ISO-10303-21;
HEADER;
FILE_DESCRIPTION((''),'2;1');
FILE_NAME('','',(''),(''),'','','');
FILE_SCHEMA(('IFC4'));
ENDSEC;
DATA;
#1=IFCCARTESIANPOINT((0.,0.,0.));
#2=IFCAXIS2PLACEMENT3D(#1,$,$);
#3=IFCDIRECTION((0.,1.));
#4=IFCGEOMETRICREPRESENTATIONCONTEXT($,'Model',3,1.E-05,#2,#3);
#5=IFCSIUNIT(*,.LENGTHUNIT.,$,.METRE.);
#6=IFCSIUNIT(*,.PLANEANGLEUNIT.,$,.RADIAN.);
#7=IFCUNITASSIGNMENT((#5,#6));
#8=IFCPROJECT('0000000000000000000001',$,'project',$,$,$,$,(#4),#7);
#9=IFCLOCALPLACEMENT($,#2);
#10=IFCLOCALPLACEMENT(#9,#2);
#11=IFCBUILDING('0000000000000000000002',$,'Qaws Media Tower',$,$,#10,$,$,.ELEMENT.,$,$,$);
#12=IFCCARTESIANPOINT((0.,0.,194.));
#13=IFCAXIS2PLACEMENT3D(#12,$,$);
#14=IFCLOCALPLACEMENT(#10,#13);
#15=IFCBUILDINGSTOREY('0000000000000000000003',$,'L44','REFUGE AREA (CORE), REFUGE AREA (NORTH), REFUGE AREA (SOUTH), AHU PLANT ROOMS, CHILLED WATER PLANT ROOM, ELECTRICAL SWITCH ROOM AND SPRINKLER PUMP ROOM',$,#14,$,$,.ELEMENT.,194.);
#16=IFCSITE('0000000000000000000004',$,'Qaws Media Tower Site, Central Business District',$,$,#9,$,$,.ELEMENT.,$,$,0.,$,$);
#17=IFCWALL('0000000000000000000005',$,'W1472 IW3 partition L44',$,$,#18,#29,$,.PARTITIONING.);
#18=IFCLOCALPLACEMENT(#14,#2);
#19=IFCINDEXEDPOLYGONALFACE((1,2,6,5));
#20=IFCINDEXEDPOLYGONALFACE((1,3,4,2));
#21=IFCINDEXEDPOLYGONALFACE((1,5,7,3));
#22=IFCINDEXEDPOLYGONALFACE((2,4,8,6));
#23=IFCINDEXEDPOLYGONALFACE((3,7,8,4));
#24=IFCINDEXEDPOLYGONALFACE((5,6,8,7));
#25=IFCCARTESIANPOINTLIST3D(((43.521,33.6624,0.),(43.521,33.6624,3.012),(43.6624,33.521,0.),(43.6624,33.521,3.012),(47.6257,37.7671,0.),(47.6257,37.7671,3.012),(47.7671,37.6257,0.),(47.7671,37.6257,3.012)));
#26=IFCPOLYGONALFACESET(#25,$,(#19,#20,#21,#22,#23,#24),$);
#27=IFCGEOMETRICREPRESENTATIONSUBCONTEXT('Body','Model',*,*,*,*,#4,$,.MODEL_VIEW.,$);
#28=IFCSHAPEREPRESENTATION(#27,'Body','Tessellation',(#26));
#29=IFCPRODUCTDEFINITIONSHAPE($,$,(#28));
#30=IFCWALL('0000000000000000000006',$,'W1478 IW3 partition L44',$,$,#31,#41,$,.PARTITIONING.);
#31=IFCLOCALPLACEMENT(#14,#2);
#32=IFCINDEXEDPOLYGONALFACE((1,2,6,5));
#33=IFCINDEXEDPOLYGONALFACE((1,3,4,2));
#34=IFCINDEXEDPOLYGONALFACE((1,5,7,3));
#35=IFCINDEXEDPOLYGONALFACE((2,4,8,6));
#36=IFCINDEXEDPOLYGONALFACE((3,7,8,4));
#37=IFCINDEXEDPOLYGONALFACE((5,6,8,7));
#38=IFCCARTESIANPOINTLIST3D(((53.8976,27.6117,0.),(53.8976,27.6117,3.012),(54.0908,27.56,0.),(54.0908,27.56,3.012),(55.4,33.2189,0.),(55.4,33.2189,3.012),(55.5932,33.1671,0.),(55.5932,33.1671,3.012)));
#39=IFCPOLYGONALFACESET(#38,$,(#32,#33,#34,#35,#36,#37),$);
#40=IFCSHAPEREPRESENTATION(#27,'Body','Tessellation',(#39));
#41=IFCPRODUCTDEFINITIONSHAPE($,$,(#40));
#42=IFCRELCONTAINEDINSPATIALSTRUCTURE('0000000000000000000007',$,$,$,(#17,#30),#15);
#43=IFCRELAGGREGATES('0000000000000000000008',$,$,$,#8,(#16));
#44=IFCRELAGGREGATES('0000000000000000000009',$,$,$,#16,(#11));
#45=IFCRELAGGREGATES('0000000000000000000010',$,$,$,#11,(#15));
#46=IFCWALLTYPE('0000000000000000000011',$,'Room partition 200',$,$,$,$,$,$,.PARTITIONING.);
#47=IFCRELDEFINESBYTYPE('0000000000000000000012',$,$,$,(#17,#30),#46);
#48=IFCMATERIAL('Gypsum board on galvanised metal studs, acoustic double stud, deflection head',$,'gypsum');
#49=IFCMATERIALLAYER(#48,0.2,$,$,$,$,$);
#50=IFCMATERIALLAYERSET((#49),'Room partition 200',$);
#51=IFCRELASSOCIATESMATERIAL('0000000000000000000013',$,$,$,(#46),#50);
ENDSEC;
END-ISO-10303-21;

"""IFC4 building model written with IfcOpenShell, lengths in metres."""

from ifc_helpers import new_model, si_unit, direction, frame, frame_2d, origin, place, context, subcontext, project, spatial, rectangle, extrude, material, layer, layer_set, type_object, element, save


model = new_model("IFC4")

# Units and contexts
model_context = context("Model", 3, precision=1e-05, world=origin(), true_north=direction((0.0, 1.0)))
body_context = subcontext(model_context, "Body", "Model", "MODEL_VIEW")
ifc_project = project(units=[si_unit("LENGTHUNIT", "METRE"), si_unit("PLANEANGLEUNIT", "RADIAN")], contexts=[model_context])

# Site, building, storey
site_placement = place(None, origin())
site = spatial("IfcSite", under=ifc_project, at=site_placement, Name="Qaws Media Tower Site, Central Business District", CompositionType="ELEMENT", RefElevation=0.0)
building_placement = place(site_placement, origin())
building = spatial("IfcBuilding", under=site, at=building_placement, Name="Qaws Media Tower", CompositionType="ELEMENT")
storey_placement = place(building_placement, frame((0.0, 0.0, 194.0)))
storey = spatial("IfcBuildingStorey", under=building, at=storey_placement, Name="L44", Description="REFUGE AREA (CORE), REFUGE AREA (NORTH), REFUGE AREA (SOUTH), AHU PLANT ROOMS, CHILLED WATER PLANT ROOM, ELECTRICAL SWITCH ROOM AND SPRINKLER PUMP ROOM", CompositionType="ELEMENT", Elevation=194.0)

# Shared definitions
ifc_material_1 = material(Name="Gypsum board on galvanised metal studs, acoustic double stud, deflection head", Category="gypsum")
ifc_layer_1 = layer(ifc_material_1, 0.2)
ifc_layer_set_1 = layer_set([ifc_layer_1], Name="Room partition 200")
wall_type_1 = type_object("IfcWallType", Name="Room partition 200", PredefinedType="PARTITIONING", material=ifc_layer_set_1)

# Walls
for number, where, z_axis, x_axis, name in (
    (1, (47.6963, 37.6963, 0.0), (0.0, 0.0, 1.0), (-0.707107, -0.707107, 0.0), "W1472 IW3 partition L44"),
    (2, (55.4966, 33.1929, 0.0), (0.0, 0.0, 1.0), (-0.258819, -0.965926, 0.0), "W1478 IW3 partition L44"),
):
    element("IfcWall", number, at=place(storey_placement, frame(where, z_axis=z_axis, x_axis=x_axis)), inside=storey, type_object=wall_type_1, Name=name, PredefinedType="PARTITIONING", context=body_context, shape_type="SweptSolid", body=[
        extrude(rectangle(XDim=5.8049, YDim=0.2, at=frame_2d((2.9023, 0.0))), origin(), (0.0, 0.0, 1.0), 3.012),
    ])

save(model, "model.ifc")
